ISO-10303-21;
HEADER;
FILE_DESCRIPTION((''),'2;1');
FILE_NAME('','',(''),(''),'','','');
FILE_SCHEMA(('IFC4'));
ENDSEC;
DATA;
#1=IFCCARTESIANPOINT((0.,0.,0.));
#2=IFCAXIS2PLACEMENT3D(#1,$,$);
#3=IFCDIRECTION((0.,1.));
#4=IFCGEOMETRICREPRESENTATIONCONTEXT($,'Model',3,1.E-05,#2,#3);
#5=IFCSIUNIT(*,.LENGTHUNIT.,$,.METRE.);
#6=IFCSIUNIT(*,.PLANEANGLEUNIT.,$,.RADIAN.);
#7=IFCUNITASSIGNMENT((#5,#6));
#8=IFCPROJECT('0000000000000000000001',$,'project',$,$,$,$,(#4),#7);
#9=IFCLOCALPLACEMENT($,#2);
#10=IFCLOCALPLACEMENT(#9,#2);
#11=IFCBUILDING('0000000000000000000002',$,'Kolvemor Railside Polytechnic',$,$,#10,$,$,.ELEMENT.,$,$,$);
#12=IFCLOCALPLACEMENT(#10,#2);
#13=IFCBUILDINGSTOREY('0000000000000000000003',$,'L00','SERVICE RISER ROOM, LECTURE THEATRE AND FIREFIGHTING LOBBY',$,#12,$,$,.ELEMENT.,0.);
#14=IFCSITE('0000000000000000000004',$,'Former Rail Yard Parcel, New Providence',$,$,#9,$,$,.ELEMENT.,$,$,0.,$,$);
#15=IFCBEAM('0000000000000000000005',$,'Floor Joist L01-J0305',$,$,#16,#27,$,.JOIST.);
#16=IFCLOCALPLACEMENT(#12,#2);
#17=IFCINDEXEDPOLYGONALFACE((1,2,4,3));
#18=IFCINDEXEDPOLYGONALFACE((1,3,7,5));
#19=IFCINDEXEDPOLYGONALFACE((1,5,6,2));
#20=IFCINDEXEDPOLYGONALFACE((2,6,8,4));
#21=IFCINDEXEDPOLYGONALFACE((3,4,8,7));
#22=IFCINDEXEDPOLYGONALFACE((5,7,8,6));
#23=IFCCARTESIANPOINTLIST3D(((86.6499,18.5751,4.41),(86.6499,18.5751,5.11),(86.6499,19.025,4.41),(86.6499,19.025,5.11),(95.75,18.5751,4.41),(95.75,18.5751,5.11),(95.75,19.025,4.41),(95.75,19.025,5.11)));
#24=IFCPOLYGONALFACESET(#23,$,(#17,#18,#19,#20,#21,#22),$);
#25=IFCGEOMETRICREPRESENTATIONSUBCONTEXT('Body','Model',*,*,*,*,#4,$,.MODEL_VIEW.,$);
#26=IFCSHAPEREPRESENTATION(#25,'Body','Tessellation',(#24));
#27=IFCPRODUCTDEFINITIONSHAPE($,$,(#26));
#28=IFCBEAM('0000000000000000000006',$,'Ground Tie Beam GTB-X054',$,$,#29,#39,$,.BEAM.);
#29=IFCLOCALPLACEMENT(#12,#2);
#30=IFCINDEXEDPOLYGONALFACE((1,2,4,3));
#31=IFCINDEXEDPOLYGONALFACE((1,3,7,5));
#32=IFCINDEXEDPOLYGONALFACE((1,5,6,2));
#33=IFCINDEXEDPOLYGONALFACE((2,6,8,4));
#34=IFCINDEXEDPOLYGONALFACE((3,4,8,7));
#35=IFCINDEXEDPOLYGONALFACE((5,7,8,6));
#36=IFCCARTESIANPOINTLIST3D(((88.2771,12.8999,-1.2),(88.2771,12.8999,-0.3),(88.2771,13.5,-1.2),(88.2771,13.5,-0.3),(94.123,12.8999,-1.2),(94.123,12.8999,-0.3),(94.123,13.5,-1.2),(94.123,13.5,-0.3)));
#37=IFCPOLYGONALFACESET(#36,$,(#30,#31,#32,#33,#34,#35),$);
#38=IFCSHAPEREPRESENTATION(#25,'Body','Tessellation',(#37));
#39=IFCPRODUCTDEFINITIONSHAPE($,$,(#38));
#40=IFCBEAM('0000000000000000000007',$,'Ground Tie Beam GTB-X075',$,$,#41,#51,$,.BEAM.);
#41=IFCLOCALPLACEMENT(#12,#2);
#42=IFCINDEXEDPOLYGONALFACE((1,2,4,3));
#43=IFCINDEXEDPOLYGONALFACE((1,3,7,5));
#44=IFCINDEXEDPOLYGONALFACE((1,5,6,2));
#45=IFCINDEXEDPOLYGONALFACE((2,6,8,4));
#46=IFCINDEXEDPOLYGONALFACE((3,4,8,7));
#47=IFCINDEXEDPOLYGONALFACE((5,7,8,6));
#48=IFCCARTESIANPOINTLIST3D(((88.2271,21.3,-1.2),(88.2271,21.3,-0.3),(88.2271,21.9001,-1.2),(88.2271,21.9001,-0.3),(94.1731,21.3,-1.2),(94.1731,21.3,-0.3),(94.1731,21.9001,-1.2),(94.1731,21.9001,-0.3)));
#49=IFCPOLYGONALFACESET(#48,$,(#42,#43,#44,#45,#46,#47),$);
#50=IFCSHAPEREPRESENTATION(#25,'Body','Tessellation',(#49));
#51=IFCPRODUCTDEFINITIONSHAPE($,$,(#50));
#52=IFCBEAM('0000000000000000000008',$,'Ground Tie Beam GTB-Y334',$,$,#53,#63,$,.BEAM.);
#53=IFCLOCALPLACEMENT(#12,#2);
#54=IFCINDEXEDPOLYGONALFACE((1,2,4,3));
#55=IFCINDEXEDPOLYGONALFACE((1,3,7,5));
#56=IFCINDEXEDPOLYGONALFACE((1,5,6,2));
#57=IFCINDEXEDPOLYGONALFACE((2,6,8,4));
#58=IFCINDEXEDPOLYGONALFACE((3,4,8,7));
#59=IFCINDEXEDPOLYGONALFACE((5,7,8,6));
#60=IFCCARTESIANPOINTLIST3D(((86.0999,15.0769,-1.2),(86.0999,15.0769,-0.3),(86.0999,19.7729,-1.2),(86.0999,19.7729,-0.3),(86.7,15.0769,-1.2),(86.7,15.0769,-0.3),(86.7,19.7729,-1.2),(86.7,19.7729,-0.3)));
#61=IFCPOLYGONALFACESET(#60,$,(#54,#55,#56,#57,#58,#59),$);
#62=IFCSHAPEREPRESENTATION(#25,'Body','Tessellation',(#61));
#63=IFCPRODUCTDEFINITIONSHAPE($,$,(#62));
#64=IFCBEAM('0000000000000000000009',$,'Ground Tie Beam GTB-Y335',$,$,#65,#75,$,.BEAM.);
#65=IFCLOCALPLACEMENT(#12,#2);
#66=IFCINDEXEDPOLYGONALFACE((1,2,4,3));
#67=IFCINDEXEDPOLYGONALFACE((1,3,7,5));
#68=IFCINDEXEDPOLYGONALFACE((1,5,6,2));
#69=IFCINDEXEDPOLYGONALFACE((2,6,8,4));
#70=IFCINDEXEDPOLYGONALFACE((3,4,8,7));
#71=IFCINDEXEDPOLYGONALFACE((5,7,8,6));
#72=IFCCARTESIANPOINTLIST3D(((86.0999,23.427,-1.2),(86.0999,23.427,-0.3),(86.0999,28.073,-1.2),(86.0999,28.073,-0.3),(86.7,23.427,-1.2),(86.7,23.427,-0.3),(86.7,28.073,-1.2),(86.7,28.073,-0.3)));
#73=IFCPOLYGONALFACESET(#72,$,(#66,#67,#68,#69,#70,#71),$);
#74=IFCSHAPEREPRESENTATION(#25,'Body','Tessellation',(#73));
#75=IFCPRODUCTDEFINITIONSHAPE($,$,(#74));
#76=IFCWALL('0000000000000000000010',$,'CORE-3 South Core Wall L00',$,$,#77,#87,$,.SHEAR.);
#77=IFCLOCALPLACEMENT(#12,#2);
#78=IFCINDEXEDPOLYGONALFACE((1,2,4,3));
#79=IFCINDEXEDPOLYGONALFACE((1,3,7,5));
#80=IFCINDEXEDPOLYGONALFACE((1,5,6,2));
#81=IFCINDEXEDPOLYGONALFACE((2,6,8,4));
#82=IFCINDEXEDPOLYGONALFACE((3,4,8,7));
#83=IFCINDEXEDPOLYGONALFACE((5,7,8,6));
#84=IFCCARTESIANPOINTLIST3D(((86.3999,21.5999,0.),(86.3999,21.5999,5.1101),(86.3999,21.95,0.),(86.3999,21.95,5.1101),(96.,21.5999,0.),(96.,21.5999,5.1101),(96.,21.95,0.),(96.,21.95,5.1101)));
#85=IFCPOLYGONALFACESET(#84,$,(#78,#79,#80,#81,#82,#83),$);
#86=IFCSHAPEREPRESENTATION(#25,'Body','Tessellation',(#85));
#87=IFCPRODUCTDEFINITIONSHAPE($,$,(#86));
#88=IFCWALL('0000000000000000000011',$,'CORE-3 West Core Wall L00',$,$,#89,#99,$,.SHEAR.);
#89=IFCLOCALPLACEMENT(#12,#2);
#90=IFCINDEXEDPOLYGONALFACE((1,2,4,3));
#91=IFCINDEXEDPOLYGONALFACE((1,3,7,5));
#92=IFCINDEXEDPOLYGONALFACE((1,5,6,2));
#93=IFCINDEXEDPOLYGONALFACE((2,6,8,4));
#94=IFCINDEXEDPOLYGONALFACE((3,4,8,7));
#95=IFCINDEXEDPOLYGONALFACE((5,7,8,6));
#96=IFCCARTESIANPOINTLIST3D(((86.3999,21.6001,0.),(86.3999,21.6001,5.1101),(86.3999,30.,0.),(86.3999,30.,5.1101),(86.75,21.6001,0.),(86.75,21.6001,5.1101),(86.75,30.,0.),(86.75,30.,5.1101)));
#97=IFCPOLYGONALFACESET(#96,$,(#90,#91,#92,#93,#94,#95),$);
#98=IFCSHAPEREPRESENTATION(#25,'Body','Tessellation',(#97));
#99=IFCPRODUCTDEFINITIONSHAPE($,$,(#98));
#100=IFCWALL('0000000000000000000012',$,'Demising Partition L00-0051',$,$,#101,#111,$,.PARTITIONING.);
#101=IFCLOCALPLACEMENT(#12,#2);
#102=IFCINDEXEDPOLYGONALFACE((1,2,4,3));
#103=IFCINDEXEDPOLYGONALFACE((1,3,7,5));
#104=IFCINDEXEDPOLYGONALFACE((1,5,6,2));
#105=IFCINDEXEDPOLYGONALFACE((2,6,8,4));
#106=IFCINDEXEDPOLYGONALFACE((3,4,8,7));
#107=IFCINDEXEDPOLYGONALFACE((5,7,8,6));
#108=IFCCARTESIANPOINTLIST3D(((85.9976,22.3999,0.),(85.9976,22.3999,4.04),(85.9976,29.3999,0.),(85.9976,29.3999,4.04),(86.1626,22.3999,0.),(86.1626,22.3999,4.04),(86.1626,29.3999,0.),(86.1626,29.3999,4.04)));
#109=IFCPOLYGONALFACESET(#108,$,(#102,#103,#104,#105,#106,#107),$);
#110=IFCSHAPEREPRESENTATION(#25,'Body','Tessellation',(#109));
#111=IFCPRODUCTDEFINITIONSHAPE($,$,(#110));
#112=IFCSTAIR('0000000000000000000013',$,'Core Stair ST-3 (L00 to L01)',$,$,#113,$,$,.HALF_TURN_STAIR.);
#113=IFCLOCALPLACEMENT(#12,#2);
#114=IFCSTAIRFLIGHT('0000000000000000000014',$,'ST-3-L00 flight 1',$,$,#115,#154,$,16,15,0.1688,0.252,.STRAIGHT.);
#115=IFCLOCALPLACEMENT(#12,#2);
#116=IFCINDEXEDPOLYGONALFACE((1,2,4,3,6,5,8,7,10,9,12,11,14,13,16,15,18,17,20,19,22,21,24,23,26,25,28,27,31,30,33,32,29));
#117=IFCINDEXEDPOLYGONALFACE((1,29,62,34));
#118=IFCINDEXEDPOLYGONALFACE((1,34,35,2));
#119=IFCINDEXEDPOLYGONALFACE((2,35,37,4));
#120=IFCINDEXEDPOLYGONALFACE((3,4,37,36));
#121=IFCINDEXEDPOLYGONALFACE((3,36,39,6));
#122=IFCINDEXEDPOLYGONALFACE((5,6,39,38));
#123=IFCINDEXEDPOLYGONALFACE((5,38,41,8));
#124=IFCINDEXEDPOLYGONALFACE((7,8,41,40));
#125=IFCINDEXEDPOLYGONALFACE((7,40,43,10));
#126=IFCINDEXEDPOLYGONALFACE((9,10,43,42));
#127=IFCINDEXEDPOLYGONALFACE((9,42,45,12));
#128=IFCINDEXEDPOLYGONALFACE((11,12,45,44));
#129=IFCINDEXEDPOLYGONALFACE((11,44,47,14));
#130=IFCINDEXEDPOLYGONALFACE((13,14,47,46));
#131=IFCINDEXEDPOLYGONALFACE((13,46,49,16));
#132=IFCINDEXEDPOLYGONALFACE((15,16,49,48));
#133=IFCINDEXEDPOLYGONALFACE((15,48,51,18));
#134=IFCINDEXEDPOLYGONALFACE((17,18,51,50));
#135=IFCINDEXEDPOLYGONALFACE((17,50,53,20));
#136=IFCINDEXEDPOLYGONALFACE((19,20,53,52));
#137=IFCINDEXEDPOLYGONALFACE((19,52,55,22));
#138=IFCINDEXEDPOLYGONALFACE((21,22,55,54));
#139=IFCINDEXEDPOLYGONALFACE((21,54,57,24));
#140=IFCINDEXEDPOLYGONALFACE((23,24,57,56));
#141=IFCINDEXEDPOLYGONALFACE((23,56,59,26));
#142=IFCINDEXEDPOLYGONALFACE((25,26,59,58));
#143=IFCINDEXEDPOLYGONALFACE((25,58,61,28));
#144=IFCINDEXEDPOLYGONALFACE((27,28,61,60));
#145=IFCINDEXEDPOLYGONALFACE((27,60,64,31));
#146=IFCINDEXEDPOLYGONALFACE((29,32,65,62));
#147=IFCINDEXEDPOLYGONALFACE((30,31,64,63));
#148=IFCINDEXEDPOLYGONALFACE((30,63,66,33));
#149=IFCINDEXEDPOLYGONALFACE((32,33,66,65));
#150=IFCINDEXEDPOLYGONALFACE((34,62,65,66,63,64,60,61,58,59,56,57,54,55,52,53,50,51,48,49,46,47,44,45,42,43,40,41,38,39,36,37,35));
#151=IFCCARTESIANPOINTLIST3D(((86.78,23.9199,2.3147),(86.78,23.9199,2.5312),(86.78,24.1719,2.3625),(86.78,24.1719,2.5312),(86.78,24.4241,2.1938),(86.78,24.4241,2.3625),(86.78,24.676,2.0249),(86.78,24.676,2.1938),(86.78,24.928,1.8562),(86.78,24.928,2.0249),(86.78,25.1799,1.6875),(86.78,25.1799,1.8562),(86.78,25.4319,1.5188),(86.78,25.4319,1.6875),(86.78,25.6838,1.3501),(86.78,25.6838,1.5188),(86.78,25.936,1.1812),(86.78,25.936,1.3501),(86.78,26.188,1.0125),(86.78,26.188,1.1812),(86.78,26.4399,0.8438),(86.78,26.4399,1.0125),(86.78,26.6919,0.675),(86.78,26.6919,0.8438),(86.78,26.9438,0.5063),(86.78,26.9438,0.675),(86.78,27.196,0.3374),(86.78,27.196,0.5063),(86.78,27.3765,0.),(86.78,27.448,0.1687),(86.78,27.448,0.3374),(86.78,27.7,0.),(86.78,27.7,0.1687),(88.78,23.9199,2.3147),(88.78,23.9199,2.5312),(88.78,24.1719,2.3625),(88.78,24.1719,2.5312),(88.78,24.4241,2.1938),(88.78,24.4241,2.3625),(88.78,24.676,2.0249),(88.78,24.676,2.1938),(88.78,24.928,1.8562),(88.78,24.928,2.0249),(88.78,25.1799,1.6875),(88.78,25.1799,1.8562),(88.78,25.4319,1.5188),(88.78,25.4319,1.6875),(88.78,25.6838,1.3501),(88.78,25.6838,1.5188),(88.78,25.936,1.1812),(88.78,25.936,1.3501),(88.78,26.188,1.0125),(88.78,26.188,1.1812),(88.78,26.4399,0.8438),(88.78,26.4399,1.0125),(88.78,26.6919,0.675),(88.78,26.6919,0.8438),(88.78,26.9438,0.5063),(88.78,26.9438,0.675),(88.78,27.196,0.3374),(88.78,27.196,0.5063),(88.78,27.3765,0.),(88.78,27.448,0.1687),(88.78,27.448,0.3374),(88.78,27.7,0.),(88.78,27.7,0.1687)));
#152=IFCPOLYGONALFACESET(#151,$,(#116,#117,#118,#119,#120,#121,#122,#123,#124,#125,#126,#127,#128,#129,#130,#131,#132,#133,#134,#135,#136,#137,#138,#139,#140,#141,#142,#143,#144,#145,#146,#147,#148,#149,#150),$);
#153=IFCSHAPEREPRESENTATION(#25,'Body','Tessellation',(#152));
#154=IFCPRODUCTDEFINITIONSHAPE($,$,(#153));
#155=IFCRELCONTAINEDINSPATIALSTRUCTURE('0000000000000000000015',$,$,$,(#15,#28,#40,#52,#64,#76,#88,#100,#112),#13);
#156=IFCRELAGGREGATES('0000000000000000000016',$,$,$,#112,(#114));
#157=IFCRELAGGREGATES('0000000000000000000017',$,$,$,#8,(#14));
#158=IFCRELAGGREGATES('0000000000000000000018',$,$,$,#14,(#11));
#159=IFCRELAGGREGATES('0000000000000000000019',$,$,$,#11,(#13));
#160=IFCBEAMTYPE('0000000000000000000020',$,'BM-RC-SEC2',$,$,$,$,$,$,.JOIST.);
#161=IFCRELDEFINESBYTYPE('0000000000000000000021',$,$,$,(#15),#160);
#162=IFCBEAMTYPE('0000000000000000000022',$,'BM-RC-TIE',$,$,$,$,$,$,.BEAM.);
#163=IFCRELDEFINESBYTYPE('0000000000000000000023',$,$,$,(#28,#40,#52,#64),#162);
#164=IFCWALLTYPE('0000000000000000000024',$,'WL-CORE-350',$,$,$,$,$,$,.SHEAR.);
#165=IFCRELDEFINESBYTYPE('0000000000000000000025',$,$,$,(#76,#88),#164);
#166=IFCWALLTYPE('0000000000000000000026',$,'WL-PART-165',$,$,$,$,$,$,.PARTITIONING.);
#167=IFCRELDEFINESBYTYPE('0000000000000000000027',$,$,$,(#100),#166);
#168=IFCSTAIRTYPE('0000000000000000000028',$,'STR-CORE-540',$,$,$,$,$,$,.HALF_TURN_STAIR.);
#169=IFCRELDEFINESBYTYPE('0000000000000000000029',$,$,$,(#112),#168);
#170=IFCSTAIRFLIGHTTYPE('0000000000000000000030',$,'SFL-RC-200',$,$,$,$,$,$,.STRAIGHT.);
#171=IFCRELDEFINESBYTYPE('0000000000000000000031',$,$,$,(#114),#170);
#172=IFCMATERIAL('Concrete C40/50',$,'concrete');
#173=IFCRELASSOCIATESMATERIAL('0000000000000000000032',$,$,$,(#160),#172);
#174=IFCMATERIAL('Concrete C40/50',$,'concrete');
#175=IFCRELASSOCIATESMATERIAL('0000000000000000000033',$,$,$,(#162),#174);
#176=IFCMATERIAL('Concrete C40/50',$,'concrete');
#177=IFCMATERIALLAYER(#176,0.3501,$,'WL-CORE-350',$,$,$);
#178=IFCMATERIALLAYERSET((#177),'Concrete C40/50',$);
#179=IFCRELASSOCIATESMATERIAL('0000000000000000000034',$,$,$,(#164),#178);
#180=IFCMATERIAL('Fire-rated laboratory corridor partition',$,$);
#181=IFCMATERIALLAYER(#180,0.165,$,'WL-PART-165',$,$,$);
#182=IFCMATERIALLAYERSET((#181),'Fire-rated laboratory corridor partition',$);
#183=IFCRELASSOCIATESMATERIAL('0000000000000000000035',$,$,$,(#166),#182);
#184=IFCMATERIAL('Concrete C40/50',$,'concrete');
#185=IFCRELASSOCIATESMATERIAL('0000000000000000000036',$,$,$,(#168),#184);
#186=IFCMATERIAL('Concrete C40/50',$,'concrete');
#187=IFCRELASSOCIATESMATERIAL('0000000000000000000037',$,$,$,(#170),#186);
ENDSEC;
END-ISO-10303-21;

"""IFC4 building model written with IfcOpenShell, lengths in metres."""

from ifc_helpers import new_model, si_unit, direction, frame, frame_2d, origin, origin_2d, place, context, subcontext, project, spatial, polyline, rectangle, outline, extrude, material, layer, layer_set, material_profile, profile_set, type_object, element, aggregate, save


model = new_model("IFC4")

# Units and contexts
model_context = context("Model", 3, precision=1e-05, world=origin(), true_north=direction((0.0, 1.0)))
body_context = subcontext(model_context, "Body", "Model", "MODEL_VIEW")
ifc_project = project(units=[si_unit("LENGTHUNIT", "METRE"), si_unit("PLANEANGLEUNIT", "RADIAN")], contexts=[model_context])

# Site, building, storey
site_placement = place(None, origin())
site = spatial("IfcSite", under=ifc_project, at=site_placement, Name="Former Rail Yard Parcel, New Providence", CompositionType="ELEMENT", RefElevation=0.0)
building_placement = place(site_placement, origin())
building = spatial("IfcBuilding", under=site, at=building_placement, Name="Kolvemor Railside Polytechnic", CompositionType="ELEMENT")
storey_placement = place(building_placement, origin())
storey = spatial("IfcBuildingStorey", under=building, at=storey_placement, Name="L00", Description="SERVICE RISER ROOM, LECTURE THEATRE AND FIREFIGHTING LOBBY", CompositionType="ELEMENT", Elevation=0.0)

# Beams
ifc_material_1 = material(Name="Concrete C40/50", Category="concrete")
ifc_material_profile_1 = material_profile(ifc_material_1, rectangle(XDim=0.45, YDim=0.7, at=origin_2d()), Name="RC450x700")
ifc_profile_set_1 = profile_set([ifc_material_profile_1], Name="Concrete C40/50")
beam_type_1 = type_object("IfcBeamType", Name="BM-RC-SEC2", PredefinedType="JOIST", material=ifc_profile_set_1)
for number, where, z_axis, x_axis, name in (
    (1, (86.6499, 18.8, 4.76), (1.0, 0.0, 0.0), (0.0, 1.0, 0.0), "Floor Joist L01-J0305"),
):
    element("IfcBeam", number, at=place(storey_placement, frame(where, z_axis=z_axis, x_axis=x_axis)), inside=storey, type_object=beam_type_1, Name=name, PredefinedType="JOIST", context=body_context, shape_type="SweptSolid", body=[
        extrude(rectangle(XDim=0.45, YDim=0.7, at=origin_2d()), origin(), (0.0, 0.0, 1.0), 9.1001),
    ])
ifc_material_2 = material(Name="Concrete C40/50", Category="concrete")
ifc_material_profile_2 = material_profile(ifc_material_2, rectangle(XDim=0.6001, YDim=0.8999, at=origin_2d()), Name="RC600x900")
ifc_profile_set_2 = profile_set([ifc_material_profile_2], Name="Concrete C40/50")
beam_type_2 = type_object("IfcBeamType", Name="BM-RC-TIE", PredefinedType="BEAM", material=ifc_profile_set_2)
beam_1_placement = place(storey_placement, frame((88.2771, 13.2, -0.75), z_axis=(1.0, 0.0, 0.0), x_axis=(0.0, 1.0, 0.0)))
element("IfcBeam", 2, at=beam_1_placement, inside=storey, type_object=beam_type_2, Name="Ground Tie Beam GTB-X054", PredefinedType="BEAM", context=body_context, shape_type="SweptSolid", body=[
    extrude(rectangle(XDim=0.6001, YDim=0.8999, at=origin_2d()), origin(), (0.0, 0.0, 1.0), 5.8459),
])
beam_2_placement = place(storey_placement, frame((88.2271, 21.6001, -0.75), z_axis=(1.0, 0.0, 0.0), x_axis=(0.0, 1.0, 0.0)))
element("IfcBeam", 3, at=beam_2_placement, inside=storey, type_object=beam_type_2, Name="Ground Tie Beam GTB-X075", PredefinedType="BEAM", context=body_context, shape_type="SweptSolid", body=[
    extrude(rectangle(XDim=0.6001, YDim=0.8999, at=origin_2d()), origin(), (0.0, 0.0, 1.0), 5.946),
])
beam_3_placement = place(storey_placement, frame((86.3999, 15.0769, -0.75), z_axis=(0.0, 1.0, 0.0), x_axis=(-1.0, 0.0, 0.0)))
element("IfcBeam", 4, at=beam_3_placement, inside=storey, type_object=beam_type_2, Name="Ground Tie Beam GTB-Y334", PredefinedType="BEAM", context=body_context, shape_type="SweptSolid", body=[
    extrude(rectangle(XDim=0.6001, YDim=0.8999, at=origin_2d()), origin(), (0.0, 0.0, 1.0), 4.696),
])
beam_4_placement = place(storey_placement, frame((86.3999, 23.427, -0.75), z_axis=(0.0, 1.0, 0.0), x_axis=(-1.0, 0.0, 0.0)))
element("IfcBeam", 5, at=beam_4_placement, inside=storey, type_object=beam_type_2, Name="Ground Tie Beam GTB-Y335", PredefinedType="BEAM", context=body_context, shape_type="SweptSolid", body=[
    extrude(rectangle(XDim=0.6001, YDim=0.8999, at=origin_2d()), origin(), (0.0, 0.0, 1.0), 4.646),
])

# Walls
ifc_material_3 = material(Name="Concrete C40/50", Category="concrete")
ifc_layer_1 = layer(ifc_material_3, 0.3501, Name="WL-CORE-350")
ifc_layer_set_1 = layer_set([ifc_layer_1], Name="Concrete C40/50")
wall_type_1 = type_object("IfcWallType", Name="WL-CORE-350", PredefinedType="SHEAR", material=ifc_layer_set_1)
wall_1_placement = place(storey_placement, frame((86.3999, 21.7749, 0.0), z_axis=(0.0, 0.0, 1.0), x_axis=(1.0, 0.0, 0.0)))
element("IfcWall", 6, at=wall_1_placement, inside=storey, type_object=wall_type_1, Name="CORE-3 South Core Wall L00", PredefinedType="SHEAR", context=body_context, shape_type="SweptSolid", body=[
    extrude(rectangle(XDim=9.6001, YDim=0.3501, at=frame_2d((4.8, 0.0))), origin(), (0.0, 0.0, 1.0), 5.1101),
])
wall_2_placement = place(storey_placement, frame((86.575, 21.6001, 0.0), z_axis=(0.0, 0.0, 1.0), x_axis=(0.0, 1.0, 0.0)))
element("IfcWall", 7, at=wall_2_placement, inside=storey, type_object=wall_type_1, Name="CORE-3 West Core Wall L00", PredefinedType="SHEAR", context=body_context, shape_type="SweptSolid", body=[
    extrude(rectangle(XDim=8.3999, YDim=0.3501, at=frame_2d((4.2, 0.0))), origin(), (0.0, 0.0, 1.0), 5.1101),
])

# Wall
ifc_material_4 = material(Name="Fire-rated laboratory corridor partition")
ifc_layer_2 = layer(ifc_material_4, 0.165, Name="WL-PART-165")
ifc_layer_set_2 = layer_set([ifc_layer_2], Name="Fire-rated laboratory corridor partition")
wall_type_2 = type_object("IfcWallType", Name="WL-PART-165", PredefinedType="PARTITIONING", material=ifc_layer_set_2)
wall_3_placement = place(storey_placement, frame((86.0801, 22.3999, 0.0), z_axis=(0.0, 0.0, 1.0), x_axis=(0.0, 1.0, 0.0)))
element("IfcWall", 8, at=wall_3_placement, inside=storey, type_object=wall_type_2, Name="Demising Partition L00-0051", PredefinedType="PARTITIONING", context=body_context, shape_type="SweptSolid", body=[
    extrude(rectangle(XDim=7.0, YDim=0.165, at=frame_2d((3.5, 0.0))), origin(), (0.0, 0.0, 1.0), 4.04),
])

# Stair, stair flight
ifc_material_5 = material(Name="Concrete C40/50", Category="concrete")
stair_type = type_object("IfcStairType", Name="STR-CORE-540", PredefinedType="HALF_TURN_STAIR", material=ifc_material_5)
stair_placement = place(storey_placement, origin())
stair = element("IfcStair", 9, at=stair_placement, inside=storey, type_object=stair_type, Name="Core Stair ST-3 (L00 to L01)", PredefinedType="HALF_TURN_STAIR")
ifc_material_6 = material(Name="Concrete C40/50", Category="concrete")
stair_flight_type = type_object("IfcStairFlightType", Name="SFL-RC-200", PredefinedType="STRAIGHT", material=ifc_material_6)
stair_flight_1_placement = place(storey_placement, frame((87.78, 27.7, 0.0), z_axis=(0.0, 0.0, 1.0), x_axis=(0.0, -1.0, 0.0)))
stair_flight_1 = element("IfcStairFlight", 10, at=stair_flight_1_placement, type_object=stair_flight_type, Name="ST-3-L00 flight 1", NumberOfRisers=16, NumberOfTreads=15, PredefinedType="STRAIGHT", RiserHeight=0.1688, TreadLength=0.252, context=body_context, shape_type="SweptSolid", body=[
    extrude(outline(polyline([(0.0, 0.0), (0.0, 0.1687), (0.252, 0.1687), (0.252, 0.3374), (0.5039, 0.3374), (0.5039, 0.5063), (0.7561, 0.5063), (0.7561, 0.675), (1.0081, 0.675), (1.0081, 0.8438), (1.26, 0.8438), (1.26, 1.0125), (1.512, 1.0125), (1.512, 1.1812), (1.7639, 1.1812), (1.7639, 1.3501), (2.0161, 1.3501), (2.0161, 1.5188), (2.2681, 1.5188), (2.2681, 1.6875), (2.52, 1.6875), (2.52, 1.8562), (2.772, 1.8562), (2.772, 2.0249), (3.0239, 2.0249), (3.0239, 2.1938), (3.2759, 2.1938), (3.2759, 2.3625), (3.5281, 2.3625), (3.5281, 2.5312), (3.78, 2.5312), (3.78, 2.7), (3.78, 2.3147), (0.3235, 0.0), (0.0, 0.0)])), frame((0.0, 1.0, 0.0), z_axis=(0.0, -1.0, 0.0), x_axis=(1.0, 0.0, 0.0)), (0.0, 0.0, 1.0), 2.0),
])
aggregate(stair, [stair_flight_1])

save(model, "model.ifc")
